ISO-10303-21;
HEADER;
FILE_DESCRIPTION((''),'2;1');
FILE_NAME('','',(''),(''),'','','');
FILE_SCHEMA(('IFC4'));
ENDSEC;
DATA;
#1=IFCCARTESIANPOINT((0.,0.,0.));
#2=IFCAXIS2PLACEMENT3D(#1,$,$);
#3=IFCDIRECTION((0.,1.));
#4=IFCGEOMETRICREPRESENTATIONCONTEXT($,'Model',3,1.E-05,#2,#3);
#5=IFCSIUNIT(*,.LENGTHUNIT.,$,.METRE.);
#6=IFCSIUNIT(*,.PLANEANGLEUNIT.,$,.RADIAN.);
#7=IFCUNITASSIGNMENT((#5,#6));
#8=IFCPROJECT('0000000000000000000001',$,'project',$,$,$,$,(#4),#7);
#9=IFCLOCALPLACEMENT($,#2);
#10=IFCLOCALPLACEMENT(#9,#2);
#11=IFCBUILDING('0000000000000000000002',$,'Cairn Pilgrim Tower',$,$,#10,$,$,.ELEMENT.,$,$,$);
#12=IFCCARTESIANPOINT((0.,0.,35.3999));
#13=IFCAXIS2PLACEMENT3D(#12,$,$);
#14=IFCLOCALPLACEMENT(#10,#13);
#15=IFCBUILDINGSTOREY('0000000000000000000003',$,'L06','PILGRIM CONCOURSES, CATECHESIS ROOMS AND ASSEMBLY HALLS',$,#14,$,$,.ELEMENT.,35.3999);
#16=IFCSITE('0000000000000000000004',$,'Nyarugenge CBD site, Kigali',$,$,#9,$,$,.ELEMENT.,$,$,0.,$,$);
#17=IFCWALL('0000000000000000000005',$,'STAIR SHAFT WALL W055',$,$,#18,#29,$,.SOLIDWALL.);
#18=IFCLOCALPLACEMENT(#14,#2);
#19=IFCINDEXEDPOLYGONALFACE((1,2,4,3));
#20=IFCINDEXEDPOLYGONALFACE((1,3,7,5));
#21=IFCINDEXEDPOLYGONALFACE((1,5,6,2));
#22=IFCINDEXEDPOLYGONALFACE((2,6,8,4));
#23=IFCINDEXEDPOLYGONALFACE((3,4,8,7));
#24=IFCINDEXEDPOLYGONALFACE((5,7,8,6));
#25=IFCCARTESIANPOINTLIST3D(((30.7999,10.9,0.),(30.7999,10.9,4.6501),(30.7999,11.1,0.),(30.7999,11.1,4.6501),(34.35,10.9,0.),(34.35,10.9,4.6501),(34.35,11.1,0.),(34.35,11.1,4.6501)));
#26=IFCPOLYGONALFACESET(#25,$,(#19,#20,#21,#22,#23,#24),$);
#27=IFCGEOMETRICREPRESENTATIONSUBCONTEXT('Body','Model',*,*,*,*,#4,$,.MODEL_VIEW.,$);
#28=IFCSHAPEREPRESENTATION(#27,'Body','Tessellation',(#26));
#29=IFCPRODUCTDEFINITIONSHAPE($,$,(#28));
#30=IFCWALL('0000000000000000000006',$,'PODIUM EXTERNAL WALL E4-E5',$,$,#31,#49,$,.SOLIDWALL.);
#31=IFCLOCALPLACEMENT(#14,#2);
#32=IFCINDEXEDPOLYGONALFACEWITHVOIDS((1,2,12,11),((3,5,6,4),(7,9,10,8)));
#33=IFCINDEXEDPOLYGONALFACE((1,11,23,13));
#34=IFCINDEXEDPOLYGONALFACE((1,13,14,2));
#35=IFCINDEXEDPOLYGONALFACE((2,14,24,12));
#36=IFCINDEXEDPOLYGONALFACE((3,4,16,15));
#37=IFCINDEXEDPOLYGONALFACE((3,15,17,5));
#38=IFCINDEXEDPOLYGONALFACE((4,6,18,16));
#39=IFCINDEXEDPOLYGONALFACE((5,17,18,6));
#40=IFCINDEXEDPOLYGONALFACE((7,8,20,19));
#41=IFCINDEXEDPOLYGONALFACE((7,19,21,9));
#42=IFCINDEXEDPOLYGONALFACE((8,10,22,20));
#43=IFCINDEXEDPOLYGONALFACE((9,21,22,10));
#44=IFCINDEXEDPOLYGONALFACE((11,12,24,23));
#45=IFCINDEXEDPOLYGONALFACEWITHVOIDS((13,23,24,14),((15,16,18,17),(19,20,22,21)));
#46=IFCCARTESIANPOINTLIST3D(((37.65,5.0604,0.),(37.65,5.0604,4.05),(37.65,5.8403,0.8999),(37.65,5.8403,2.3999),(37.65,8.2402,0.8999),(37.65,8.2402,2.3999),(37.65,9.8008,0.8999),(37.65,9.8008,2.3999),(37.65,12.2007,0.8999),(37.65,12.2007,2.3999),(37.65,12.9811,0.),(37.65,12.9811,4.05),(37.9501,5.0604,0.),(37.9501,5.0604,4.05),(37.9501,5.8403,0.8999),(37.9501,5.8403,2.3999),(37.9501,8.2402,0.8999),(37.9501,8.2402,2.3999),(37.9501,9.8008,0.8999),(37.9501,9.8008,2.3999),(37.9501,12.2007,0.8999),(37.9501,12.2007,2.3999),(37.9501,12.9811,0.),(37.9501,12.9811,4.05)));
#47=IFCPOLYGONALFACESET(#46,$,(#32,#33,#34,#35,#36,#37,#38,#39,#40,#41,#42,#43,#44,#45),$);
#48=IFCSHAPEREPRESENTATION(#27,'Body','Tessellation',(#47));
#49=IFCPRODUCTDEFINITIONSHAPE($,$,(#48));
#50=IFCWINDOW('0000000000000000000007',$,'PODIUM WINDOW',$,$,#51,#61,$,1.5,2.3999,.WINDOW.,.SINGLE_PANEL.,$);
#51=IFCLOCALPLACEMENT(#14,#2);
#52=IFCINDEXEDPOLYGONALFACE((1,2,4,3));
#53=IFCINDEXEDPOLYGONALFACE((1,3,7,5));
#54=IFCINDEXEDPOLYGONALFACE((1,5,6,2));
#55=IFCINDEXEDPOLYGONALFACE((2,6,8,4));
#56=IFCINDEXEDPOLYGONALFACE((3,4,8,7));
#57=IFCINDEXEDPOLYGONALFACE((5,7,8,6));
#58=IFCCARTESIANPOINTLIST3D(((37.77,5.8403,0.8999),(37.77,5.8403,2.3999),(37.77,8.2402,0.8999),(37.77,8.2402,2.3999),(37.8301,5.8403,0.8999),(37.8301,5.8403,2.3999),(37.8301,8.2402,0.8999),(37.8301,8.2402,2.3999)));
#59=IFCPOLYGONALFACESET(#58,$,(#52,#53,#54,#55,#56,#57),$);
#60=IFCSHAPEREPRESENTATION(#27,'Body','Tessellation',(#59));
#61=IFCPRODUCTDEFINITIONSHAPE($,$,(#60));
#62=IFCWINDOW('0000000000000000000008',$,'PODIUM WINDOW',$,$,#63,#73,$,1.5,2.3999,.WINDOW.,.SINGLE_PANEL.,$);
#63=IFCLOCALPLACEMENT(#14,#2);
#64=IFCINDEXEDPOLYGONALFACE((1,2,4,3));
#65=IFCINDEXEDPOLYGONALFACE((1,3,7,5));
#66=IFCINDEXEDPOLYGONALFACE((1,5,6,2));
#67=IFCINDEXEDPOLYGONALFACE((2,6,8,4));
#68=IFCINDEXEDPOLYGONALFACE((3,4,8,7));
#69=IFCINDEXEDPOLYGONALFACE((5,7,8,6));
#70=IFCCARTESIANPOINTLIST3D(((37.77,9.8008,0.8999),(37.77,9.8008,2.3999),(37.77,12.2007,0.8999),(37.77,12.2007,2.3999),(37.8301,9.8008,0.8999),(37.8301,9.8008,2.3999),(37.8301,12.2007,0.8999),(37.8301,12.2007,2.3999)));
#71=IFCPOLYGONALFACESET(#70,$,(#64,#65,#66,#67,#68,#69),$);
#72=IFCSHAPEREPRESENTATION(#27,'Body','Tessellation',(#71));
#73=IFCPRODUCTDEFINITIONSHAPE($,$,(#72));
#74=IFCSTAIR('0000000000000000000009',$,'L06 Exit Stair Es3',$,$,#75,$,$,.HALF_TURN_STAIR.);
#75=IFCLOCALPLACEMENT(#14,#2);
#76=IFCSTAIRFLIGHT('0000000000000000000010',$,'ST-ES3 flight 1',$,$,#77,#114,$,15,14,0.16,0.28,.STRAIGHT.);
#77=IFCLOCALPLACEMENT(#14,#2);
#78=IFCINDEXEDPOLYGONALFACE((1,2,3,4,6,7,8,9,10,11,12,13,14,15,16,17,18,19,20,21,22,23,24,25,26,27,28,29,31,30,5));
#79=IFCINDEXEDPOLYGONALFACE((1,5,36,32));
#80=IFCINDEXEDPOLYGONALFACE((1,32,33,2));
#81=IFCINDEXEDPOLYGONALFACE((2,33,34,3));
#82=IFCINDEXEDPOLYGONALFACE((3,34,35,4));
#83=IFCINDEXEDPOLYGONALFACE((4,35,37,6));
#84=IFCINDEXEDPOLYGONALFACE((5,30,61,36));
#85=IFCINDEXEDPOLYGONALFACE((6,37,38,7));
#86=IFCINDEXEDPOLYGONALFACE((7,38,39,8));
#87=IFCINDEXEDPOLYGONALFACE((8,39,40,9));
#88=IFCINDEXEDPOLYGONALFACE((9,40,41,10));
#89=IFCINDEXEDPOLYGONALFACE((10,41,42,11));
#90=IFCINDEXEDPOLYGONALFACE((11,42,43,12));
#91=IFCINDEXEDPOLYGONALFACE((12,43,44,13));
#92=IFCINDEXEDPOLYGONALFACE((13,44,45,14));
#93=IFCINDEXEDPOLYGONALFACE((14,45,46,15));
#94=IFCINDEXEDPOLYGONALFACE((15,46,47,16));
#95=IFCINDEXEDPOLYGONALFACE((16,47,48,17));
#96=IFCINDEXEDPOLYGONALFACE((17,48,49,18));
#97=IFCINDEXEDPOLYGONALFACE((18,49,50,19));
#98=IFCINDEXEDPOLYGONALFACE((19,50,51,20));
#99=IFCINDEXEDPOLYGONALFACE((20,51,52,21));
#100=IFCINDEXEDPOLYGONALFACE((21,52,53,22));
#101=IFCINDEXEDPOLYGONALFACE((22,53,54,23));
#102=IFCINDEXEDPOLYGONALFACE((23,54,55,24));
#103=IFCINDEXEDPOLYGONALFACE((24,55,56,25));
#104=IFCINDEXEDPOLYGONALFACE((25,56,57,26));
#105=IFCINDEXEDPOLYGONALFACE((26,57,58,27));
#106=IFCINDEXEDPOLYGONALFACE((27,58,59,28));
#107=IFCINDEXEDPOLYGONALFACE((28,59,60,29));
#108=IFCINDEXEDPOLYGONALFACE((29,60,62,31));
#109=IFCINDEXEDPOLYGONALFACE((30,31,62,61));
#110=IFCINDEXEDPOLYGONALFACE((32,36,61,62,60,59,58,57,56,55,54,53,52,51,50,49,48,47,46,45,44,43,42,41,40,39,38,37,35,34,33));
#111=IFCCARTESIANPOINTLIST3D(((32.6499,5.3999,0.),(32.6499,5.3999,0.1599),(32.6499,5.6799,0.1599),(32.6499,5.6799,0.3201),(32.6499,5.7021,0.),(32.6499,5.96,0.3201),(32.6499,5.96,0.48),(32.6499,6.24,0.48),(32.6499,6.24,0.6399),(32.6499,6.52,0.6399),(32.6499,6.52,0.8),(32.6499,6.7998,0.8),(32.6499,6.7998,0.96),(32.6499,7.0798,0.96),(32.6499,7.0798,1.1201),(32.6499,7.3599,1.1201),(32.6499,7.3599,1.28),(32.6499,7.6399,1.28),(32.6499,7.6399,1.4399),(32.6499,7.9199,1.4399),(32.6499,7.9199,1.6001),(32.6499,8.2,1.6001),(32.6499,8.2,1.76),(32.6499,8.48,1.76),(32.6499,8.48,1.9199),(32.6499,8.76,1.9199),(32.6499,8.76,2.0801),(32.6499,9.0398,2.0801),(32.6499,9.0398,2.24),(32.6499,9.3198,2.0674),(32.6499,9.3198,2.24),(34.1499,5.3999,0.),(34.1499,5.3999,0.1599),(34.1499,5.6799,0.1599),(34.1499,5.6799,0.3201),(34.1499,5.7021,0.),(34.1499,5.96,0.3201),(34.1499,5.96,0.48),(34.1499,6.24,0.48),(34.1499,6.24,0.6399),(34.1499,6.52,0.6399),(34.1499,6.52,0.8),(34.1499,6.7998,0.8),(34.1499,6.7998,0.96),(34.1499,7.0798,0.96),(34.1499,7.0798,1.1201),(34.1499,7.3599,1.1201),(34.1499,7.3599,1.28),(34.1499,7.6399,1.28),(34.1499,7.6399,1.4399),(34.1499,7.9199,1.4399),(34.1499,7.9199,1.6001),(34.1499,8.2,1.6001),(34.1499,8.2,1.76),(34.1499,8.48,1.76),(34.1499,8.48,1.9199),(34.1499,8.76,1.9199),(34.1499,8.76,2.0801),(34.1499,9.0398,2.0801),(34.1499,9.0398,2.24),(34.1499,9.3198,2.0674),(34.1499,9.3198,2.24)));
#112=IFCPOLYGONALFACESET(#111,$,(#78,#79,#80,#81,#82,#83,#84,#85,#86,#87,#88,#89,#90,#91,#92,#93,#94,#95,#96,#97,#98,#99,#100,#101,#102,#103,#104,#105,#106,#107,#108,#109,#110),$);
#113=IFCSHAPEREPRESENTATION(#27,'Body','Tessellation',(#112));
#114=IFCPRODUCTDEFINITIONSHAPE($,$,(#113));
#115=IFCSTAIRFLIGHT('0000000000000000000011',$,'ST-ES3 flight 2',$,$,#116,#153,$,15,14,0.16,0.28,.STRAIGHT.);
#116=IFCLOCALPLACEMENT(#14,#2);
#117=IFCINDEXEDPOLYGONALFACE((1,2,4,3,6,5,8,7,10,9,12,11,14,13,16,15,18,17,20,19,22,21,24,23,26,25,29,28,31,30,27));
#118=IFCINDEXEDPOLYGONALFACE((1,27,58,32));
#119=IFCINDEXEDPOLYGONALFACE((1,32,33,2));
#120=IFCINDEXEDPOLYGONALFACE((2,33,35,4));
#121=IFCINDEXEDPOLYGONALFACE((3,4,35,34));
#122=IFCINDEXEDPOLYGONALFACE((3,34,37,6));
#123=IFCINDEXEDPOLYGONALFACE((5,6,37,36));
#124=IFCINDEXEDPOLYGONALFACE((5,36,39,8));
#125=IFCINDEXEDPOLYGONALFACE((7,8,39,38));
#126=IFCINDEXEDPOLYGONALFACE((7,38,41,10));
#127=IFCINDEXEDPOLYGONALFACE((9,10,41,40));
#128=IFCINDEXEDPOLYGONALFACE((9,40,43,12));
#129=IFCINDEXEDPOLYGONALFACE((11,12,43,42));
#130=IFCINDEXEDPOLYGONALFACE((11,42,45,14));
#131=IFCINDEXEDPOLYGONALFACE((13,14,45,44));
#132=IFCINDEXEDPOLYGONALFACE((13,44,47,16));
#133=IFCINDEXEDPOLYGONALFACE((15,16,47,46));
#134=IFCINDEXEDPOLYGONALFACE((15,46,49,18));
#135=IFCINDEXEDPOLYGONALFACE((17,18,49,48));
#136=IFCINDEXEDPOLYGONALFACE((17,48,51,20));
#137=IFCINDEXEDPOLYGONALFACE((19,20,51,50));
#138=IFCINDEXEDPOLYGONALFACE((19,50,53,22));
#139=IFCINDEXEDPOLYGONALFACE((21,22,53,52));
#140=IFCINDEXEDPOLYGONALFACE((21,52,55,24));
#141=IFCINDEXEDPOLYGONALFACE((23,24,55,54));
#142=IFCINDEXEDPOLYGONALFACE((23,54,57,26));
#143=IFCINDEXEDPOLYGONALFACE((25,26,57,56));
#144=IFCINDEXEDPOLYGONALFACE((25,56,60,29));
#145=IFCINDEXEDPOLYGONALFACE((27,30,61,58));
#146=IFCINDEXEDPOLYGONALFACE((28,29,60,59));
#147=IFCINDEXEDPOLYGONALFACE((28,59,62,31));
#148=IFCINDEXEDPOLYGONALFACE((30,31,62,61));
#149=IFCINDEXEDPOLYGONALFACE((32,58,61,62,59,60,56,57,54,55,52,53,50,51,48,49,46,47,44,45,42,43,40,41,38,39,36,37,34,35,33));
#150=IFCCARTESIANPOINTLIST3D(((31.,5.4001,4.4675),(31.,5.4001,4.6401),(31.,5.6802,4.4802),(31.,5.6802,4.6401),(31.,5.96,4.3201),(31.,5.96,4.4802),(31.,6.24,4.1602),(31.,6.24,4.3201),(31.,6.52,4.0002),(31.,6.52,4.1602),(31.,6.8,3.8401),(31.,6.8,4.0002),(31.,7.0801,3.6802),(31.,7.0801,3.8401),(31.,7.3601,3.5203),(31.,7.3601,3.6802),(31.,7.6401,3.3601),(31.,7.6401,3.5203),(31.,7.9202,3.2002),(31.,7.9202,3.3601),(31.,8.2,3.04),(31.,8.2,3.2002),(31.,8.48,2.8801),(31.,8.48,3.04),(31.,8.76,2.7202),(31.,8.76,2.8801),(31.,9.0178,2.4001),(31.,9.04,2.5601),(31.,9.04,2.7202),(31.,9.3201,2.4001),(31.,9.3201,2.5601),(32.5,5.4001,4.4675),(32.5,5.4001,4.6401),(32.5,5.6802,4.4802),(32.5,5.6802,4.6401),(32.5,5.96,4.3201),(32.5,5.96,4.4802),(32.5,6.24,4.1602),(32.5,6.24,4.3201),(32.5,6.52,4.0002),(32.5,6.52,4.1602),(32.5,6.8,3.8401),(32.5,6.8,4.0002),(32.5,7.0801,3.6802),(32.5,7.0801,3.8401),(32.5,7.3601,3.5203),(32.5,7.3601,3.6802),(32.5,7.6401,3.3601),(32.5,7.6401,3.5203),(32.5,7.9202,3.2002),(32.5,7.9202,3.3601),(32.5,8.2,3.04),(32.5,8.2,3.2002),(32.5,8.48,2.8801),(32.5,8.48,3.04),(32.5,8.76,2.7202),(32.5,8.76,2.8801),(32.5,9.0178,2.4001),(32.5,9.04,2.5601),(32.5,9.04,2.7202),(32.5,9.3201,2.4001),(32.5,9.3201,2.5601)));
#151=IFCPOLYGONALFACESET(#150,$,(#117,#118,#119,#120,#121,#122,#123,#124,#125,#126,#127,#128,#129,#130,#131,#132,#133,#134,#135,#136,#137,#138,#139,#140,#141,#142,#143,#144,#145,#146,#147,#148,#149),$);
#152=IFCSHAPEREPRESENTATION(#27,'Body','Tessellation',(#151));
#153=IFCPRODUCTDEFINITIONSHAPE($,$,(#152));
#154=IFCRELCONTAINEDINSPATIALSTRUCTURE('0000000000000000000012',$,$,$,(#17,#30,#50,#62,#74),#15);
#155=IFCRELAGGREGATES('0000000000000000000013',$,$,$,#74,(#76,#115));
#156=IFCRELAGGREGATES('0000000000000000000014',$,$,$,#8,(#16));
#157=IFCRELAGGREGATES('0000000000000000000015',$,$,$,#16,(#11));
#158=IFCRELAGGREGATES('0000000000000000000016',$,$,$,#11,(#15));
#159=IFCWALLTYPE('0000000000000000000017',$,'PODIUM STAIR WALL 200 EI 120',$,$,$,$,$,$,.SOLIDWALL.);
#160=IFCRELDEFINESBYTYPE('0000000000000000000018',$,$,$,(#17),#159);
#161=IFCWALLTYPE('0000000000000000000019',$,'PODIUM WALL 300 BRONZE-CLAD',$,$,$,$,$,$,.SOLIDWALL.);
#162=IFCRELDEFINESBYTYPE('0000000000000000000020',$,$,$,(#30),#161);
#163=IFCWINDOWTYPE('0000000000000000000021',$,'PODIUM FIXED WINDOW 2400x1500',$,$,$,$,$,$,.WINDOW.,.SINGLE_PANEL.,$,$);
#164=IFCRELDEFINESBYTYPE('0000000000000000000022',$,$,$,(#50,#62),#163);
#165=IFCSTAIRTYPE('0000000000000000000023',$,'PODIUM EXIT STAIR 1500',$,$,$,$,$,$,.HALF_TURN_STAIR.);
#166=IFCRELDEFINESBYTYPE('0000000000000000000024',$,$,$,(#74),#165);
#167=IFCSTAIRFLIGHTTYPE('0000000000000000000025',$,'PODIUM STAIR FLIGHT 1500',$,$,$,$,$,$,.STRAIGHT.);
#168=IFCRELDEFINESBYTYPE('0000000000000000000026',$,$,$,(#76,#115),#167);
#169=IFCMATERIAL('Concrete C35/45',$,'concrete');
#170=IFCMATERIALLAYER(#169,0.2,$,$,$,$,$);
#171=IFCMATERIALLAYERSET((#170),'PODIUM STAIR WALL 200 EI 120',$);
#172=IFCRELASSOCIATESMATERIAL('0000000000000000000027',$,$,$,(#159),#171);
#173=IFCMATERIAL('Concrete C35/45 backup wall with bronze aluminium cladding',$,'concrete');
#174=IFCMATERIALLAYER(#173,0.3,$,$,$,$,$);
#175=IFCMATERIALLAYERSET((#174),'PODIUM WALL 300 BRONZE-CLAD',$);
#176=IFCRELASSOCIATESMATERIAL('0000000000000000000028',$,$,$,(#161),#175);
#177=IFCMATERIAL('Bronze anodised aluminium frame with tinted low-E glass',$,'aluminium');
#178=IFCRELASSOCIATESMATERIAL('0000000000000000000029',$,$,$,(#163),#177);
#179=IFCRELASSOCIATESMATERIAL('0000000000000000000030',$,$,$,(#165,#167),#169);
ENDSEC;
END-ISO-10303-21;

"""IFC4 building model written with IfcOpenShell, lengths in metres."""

from ifc_helpers import new_model, si_unit, direction, frame, frame_2d, origin, place, context, subcontext, project, spatial, polyline, rectangle, outline, extrude, material, layer, layer_set, type_object, element, fill, aggregate, save


model = new_model("IFC4")

# Units and contexts
model_context = context("Model", 3, precision=1e-05, world=origin(), true_north=direction((0.0, 1.0)))
body_context = subcontext(model_context, "Body", "Model", "MODEL_VIEW")
ifc_project = project(units=[si_unit("LENGTHUNIT", "METRE"), si_unit("PLANEANGLEUNIT", "RADIAN")], contexts=[model_context])

# Site, building, storey
site_placement = place(None, origin())
site = spatial("IfcSite", under=ifc_project, at=site_placement, Name="Nyarugenge CBD site, Kigali", CompositionType="ELEMENT", RefElevation=0.0)
building_placement = place(site_placement, origin())
building = spatial("IfcBuilding", under=site, at=building_placement, Name="Cairn Pilgrim Tower", CompositionType="ELEMENT")
storey_placement = place(building_placement, frame((0.0, 0.0, 35.3999)))
storey = spatial("IfcBuildingStorey", under=building, at=storey_placement, Name="L06", Description="PILGRIM CONCOURSES, CATECHESIS ROOMS AND ASSEMBLY HALLS", CompositionType="ELEMENT", Elevation=35.3999)

# Shared definitions
ifc_material_1 = material(Name="Concrete C35/45", Category="concrete")
ifc_layer_1 = layer(ifc_material_1, 0.2)
ifc_layer_set_1 = layer_set([ifc_layer_1], Name="PODIUM STAIR WALL 200 EI 120")
wall_type_1 = type_object("IfcWallType", Name="PODIUM STAIR WALL 200 EI 120", PredefinedType="SOLIDWALL", material=ifc_layer_set_1)

# Wall
wall_1_placement = place(storey_placement, frame((30.8, 11.0, 0.0), z_axis=(0.0, 0.0, 1.0), x_axis=(1.0, 0.0, 0.0)))
element("IfcWall", 1, at=wall_1_placement, inside=storey, type_object=wall_type_1, Name="STAIR SHAFT WALL W055", PredefinedType="SOLIDWALL", context=body_context, shape_type="SweptSolid", body=[
    extrude(rectangle(XDim=3.55, YDim=0.2, at=frame_2d((1.7749, 0.0))), origin(), (0.0, 0.0, 1.0), 4.6501),
])

# Wall, openings, windows
ifc_material_2 = material(Name="Concrete C35/45 backup wall with bronze aluminium cladding", Category="concrete")
ifc_layer_2 = layer(ifc_material_2, 0.3)
ifc_layer_set_2 = layer_set([ifc_layer_2], Name="PODIUM WALL 300 BRONZE-CLAD")
wall_type_2 = type_object("IfcWallType", Name="PODIUM WALL 300 BRONZE-CLAD", PredefinedType="SOLIDWALL", material=ifc_layer_set_2)
wall_2_placement = place(storey_placement, frame((37.8, 5.0603, 0.0), z_axis=(0.0, 0.0, 1.0), x_axis=(0.0, 1.0, 0.0)))
wall_2 = element("IfcWall", 2, at=wall_2_placement, inside=storey, type_object=wall_type_2, Name="PODIUM EXTERNAL WALL E4-E5", PredefinedType="SOLIDWALL", context=body_context, shape_type="SweptSolid", body=[
    extrude(rectangle(XDim=7.9207, YDim=0.3, at=frame_2d((3.9604, 0.0))), origin(), (0.0, 0.0, 1.0), 4.05),
])
opening_1_placement = place(wall_2_placement, frame((0.78, 0.0, 0.8999)))
opening_1 = element("IfcOpeningElement", 3, at=opening_1_placement, cuts=wall_2, PredefinedType="OPENING", context=body_context, shape_type="SweptSolid", body=[
    extrude(rectangle(XDim=2.3999, YDim=1.5, at=frame_2d((1.2, 0.75))), frame((0.0, 0.1602, 0.0), z_axis=(0.0, -1.0, 0.0), x_axis=(1.0, 0.0, 0.0)), (0.0, 0.0, 1.0), 0.3201),
])
opening_2_placement = place(wall_2_placement, frame((4.7405, 0.0, 0.8999)))
opening_2 = element("IfcOpeningElement", 4, at=opening_2_placement, cuts=wall_2, PredefinedType="OPENING", context=body_context, shape_type="SweptSolid", body=[
    extrude(rectangle(XDim=2.3999, YDim=1.5, at=frame_2d((1.2, 0.75))), frame((0.0, 0.1602, 0.0), z_axis=(0.0, -1.0, 0.0), x_axis=(1.0, 0.0, 0.0)), (0.0, 0.0, 1.0), 0.3201),
])
ifc_material_3 = material(Name="Bronze anodised aluminium frame with tinted low-E glass", Category="aluminium")
window_type = type_object("IfcWindowType", Name="PODIUM FIXED WINDOW 2400x1500", PartitioningType="SINGLE_PANEL", PredefinedType="WINDOW", material=ifc_material_3)
window_1_placement = place(opening_1_placement, origin())
window_1 = element("IfcWindow", 5, at=window_1_placement, inside=storey, type_object=window_type, Name="PODIUM WINDOW", OverallHeight=1.5, OverallWidth=2.3999, PartitioningType="SINGLE_PANEL", PredefinedType="WINDOW", context=body_context, shape_type="SweptSolid", body=[
    extrude(rectangle(XDim=2.3999, YDim=1.5, at=frame_2d((1.2, 0.75))), frame((0.0, 0.03, 0.0), z_axis=(0.0, -1.0, 0.0), x_axis=(1.0, 0.0, 0.0)), (0.0, 0.0, 1.0), 0.0601),
])
fill(opening_1, window_1)
window_2_placement = place(opening_2_placement, origin())
window_2 = element("IfcWindow", 6, at=window_2_placement, inside=storey, type_object=window_type, Name="PODIUM WINDOW", OverallHeight=1.5, OverallWidth=2.3999, PartitioningType="SINGLE_PANEL", PredefinedType="WINDOW", context=body_context, shape_type="SweptSolid", body=[
    extrude(rectangle(XDim=2.3999, YDim=1.5, at=frame_2d((1.2, 0.75))), frame((0.0, 0.03, 0.0), z_axis=(0.0, -1.0, 0.0), x_axis=(1.0, 0.0, 0.0)), (0.0, 0.0, 1.0), 0.0601),
])
fill(opening_2, window_2)

# Stair, stair flights
stair_type = type_object("IfcStairType", Name="PODIUM EXIT STAIR 1500", PredefinedType="HALF_TURN_STAIR", material=ifc_material_1)
stair_placement = place(storey_placement, origin())
stair = element("IfcStair", 7, at=stair_placement, inside=storey, type_object=stair_type, Name="L06 Exit Stair Es3", PredefinedType="HALF_TURN_STAIR")
stair_flight_type = type_object("IfcStairFlightType", Name="PODIUM STAIR FLIGHT 1500", PredefinedType="STRAIGHT", material=ifc_material_1)
stair_flight_1_placement = place(storey_placement, frame((33.3999, 5.3999, 0.0), z_axis=(0.0, 0.0, 1.0), x_axis=(0.0, 1.0, 0.0)))
stair_flight_1 = element("IfcStairFlight", 8, at=stair_flight_1_placement, type_object=stair_flight_type, Name="ST-ES3 flight 1", NumberOfRisers=15, NumberOfTreads=14, PredefinedType="STRAIGHT", RiserHeight=0.16, TreadLength=0.28, context=body_context, shape_type="SweptSolid", body=[
    extrude(outline(polyline([(0.0, 0.0), (0.0, 0.1599), (0.28, 0.1599), (0.28, 0.3201), (0.5601, 0.3201), (0.5601, 0.48), (0.8401, 0.48), (0.8401, 0.6399), (1.1201, 0.6399), (1.1201, 0.8), (1.3999, 0.8), (1.3999, 0.96), (1.6799, 0.96), (1.6799, 1.1201), (1.96, 1.1201), (1.96, 1.28), (2.24, 1.28), (2.24, 1.4399), (2.52, 1.4399), (2.52, 1.6001), (2.8, 1.6001), (2.8, 1.76), (3.0801, 1.76), (3.0801, 1.9199), (3.3601, 1.9199), (3.3601, 2.0801), (3.6399, 2.0801), (3.6399, 2.24), (3.9199, 2.24), (3.9199, 2.3999), (3.9199, 2.0674), (0.3022, 0.0), (0.0, 0.0)])), frame((0.0, 0.75, 0.0), z_axis=(0.0, -1.0, 0.0), x_axis=(1.0, 0.0, 0.0)), (0.0, 0.0, 1.0), 1.5),
])
stair_flight_2_placement = place(storey_placement, frame((31.75, 9.3201, 2.4001), z_axis=(0.0, 0.0, 1.0), x_axis=(0.0, -1.0, 0.0)))
stair_flight_2 = element("IfcStairFlight", 9, at=stair_flight_2_placement, type_object=stair_flight_type, Name="ST-ES3 flight 2", NumberOfRisers=15, NumberOfTreads=14, PredefinedType="STRAIGHT", RiserHeight=0.16, TreadLength=0.28, context=body_context, shape_type="SweptSolid", body=[
    extrude(outline(polyline([(0.0, 0.0), (0.0, 0.1599), (0.28, 0.1599), (0.28, 0.3201), (0.5601, 0.3201), (0.5601, 0.48), (0.8401, 0.48), (0.8401, 0.6399), (1.1201, 0.6399), (1.1201, 0.8), (1.3999, 0.8), (1.3999, 0.96), (1.6799, 0.96), (1.6799, 1.1201), (1.96, 1.1201), (1.96, 1.28), (2.24, 1.28), (2.24, 1.4399), (2.52, 1.4399), (2.52, 1.6001), (2.8, 1.6001), (2.8, 1.76), (3.0801, 1.76), (3.0801, 1.9199), (3.3601, 1.9199), (3.3601, 2.0801), (3.6399, 2.0801), (3.6399, 2.24), (3.9199, 2.24), (3.9199, 2.3999), (3.9199, 2.0674), (0.3022, 0.0), (0.0, 0.0)])), frame((0.0, 0.75, 0.0), z_axis=(0.0, -1.0, 0.0), x_axis=(1.0, 0.0, 0.0)), (0.0, 0.0, 1.0), 1.5),
])
aggregate(stair, [stair_flight_1, stair_flight_2])

save(model, "model.ifc")
